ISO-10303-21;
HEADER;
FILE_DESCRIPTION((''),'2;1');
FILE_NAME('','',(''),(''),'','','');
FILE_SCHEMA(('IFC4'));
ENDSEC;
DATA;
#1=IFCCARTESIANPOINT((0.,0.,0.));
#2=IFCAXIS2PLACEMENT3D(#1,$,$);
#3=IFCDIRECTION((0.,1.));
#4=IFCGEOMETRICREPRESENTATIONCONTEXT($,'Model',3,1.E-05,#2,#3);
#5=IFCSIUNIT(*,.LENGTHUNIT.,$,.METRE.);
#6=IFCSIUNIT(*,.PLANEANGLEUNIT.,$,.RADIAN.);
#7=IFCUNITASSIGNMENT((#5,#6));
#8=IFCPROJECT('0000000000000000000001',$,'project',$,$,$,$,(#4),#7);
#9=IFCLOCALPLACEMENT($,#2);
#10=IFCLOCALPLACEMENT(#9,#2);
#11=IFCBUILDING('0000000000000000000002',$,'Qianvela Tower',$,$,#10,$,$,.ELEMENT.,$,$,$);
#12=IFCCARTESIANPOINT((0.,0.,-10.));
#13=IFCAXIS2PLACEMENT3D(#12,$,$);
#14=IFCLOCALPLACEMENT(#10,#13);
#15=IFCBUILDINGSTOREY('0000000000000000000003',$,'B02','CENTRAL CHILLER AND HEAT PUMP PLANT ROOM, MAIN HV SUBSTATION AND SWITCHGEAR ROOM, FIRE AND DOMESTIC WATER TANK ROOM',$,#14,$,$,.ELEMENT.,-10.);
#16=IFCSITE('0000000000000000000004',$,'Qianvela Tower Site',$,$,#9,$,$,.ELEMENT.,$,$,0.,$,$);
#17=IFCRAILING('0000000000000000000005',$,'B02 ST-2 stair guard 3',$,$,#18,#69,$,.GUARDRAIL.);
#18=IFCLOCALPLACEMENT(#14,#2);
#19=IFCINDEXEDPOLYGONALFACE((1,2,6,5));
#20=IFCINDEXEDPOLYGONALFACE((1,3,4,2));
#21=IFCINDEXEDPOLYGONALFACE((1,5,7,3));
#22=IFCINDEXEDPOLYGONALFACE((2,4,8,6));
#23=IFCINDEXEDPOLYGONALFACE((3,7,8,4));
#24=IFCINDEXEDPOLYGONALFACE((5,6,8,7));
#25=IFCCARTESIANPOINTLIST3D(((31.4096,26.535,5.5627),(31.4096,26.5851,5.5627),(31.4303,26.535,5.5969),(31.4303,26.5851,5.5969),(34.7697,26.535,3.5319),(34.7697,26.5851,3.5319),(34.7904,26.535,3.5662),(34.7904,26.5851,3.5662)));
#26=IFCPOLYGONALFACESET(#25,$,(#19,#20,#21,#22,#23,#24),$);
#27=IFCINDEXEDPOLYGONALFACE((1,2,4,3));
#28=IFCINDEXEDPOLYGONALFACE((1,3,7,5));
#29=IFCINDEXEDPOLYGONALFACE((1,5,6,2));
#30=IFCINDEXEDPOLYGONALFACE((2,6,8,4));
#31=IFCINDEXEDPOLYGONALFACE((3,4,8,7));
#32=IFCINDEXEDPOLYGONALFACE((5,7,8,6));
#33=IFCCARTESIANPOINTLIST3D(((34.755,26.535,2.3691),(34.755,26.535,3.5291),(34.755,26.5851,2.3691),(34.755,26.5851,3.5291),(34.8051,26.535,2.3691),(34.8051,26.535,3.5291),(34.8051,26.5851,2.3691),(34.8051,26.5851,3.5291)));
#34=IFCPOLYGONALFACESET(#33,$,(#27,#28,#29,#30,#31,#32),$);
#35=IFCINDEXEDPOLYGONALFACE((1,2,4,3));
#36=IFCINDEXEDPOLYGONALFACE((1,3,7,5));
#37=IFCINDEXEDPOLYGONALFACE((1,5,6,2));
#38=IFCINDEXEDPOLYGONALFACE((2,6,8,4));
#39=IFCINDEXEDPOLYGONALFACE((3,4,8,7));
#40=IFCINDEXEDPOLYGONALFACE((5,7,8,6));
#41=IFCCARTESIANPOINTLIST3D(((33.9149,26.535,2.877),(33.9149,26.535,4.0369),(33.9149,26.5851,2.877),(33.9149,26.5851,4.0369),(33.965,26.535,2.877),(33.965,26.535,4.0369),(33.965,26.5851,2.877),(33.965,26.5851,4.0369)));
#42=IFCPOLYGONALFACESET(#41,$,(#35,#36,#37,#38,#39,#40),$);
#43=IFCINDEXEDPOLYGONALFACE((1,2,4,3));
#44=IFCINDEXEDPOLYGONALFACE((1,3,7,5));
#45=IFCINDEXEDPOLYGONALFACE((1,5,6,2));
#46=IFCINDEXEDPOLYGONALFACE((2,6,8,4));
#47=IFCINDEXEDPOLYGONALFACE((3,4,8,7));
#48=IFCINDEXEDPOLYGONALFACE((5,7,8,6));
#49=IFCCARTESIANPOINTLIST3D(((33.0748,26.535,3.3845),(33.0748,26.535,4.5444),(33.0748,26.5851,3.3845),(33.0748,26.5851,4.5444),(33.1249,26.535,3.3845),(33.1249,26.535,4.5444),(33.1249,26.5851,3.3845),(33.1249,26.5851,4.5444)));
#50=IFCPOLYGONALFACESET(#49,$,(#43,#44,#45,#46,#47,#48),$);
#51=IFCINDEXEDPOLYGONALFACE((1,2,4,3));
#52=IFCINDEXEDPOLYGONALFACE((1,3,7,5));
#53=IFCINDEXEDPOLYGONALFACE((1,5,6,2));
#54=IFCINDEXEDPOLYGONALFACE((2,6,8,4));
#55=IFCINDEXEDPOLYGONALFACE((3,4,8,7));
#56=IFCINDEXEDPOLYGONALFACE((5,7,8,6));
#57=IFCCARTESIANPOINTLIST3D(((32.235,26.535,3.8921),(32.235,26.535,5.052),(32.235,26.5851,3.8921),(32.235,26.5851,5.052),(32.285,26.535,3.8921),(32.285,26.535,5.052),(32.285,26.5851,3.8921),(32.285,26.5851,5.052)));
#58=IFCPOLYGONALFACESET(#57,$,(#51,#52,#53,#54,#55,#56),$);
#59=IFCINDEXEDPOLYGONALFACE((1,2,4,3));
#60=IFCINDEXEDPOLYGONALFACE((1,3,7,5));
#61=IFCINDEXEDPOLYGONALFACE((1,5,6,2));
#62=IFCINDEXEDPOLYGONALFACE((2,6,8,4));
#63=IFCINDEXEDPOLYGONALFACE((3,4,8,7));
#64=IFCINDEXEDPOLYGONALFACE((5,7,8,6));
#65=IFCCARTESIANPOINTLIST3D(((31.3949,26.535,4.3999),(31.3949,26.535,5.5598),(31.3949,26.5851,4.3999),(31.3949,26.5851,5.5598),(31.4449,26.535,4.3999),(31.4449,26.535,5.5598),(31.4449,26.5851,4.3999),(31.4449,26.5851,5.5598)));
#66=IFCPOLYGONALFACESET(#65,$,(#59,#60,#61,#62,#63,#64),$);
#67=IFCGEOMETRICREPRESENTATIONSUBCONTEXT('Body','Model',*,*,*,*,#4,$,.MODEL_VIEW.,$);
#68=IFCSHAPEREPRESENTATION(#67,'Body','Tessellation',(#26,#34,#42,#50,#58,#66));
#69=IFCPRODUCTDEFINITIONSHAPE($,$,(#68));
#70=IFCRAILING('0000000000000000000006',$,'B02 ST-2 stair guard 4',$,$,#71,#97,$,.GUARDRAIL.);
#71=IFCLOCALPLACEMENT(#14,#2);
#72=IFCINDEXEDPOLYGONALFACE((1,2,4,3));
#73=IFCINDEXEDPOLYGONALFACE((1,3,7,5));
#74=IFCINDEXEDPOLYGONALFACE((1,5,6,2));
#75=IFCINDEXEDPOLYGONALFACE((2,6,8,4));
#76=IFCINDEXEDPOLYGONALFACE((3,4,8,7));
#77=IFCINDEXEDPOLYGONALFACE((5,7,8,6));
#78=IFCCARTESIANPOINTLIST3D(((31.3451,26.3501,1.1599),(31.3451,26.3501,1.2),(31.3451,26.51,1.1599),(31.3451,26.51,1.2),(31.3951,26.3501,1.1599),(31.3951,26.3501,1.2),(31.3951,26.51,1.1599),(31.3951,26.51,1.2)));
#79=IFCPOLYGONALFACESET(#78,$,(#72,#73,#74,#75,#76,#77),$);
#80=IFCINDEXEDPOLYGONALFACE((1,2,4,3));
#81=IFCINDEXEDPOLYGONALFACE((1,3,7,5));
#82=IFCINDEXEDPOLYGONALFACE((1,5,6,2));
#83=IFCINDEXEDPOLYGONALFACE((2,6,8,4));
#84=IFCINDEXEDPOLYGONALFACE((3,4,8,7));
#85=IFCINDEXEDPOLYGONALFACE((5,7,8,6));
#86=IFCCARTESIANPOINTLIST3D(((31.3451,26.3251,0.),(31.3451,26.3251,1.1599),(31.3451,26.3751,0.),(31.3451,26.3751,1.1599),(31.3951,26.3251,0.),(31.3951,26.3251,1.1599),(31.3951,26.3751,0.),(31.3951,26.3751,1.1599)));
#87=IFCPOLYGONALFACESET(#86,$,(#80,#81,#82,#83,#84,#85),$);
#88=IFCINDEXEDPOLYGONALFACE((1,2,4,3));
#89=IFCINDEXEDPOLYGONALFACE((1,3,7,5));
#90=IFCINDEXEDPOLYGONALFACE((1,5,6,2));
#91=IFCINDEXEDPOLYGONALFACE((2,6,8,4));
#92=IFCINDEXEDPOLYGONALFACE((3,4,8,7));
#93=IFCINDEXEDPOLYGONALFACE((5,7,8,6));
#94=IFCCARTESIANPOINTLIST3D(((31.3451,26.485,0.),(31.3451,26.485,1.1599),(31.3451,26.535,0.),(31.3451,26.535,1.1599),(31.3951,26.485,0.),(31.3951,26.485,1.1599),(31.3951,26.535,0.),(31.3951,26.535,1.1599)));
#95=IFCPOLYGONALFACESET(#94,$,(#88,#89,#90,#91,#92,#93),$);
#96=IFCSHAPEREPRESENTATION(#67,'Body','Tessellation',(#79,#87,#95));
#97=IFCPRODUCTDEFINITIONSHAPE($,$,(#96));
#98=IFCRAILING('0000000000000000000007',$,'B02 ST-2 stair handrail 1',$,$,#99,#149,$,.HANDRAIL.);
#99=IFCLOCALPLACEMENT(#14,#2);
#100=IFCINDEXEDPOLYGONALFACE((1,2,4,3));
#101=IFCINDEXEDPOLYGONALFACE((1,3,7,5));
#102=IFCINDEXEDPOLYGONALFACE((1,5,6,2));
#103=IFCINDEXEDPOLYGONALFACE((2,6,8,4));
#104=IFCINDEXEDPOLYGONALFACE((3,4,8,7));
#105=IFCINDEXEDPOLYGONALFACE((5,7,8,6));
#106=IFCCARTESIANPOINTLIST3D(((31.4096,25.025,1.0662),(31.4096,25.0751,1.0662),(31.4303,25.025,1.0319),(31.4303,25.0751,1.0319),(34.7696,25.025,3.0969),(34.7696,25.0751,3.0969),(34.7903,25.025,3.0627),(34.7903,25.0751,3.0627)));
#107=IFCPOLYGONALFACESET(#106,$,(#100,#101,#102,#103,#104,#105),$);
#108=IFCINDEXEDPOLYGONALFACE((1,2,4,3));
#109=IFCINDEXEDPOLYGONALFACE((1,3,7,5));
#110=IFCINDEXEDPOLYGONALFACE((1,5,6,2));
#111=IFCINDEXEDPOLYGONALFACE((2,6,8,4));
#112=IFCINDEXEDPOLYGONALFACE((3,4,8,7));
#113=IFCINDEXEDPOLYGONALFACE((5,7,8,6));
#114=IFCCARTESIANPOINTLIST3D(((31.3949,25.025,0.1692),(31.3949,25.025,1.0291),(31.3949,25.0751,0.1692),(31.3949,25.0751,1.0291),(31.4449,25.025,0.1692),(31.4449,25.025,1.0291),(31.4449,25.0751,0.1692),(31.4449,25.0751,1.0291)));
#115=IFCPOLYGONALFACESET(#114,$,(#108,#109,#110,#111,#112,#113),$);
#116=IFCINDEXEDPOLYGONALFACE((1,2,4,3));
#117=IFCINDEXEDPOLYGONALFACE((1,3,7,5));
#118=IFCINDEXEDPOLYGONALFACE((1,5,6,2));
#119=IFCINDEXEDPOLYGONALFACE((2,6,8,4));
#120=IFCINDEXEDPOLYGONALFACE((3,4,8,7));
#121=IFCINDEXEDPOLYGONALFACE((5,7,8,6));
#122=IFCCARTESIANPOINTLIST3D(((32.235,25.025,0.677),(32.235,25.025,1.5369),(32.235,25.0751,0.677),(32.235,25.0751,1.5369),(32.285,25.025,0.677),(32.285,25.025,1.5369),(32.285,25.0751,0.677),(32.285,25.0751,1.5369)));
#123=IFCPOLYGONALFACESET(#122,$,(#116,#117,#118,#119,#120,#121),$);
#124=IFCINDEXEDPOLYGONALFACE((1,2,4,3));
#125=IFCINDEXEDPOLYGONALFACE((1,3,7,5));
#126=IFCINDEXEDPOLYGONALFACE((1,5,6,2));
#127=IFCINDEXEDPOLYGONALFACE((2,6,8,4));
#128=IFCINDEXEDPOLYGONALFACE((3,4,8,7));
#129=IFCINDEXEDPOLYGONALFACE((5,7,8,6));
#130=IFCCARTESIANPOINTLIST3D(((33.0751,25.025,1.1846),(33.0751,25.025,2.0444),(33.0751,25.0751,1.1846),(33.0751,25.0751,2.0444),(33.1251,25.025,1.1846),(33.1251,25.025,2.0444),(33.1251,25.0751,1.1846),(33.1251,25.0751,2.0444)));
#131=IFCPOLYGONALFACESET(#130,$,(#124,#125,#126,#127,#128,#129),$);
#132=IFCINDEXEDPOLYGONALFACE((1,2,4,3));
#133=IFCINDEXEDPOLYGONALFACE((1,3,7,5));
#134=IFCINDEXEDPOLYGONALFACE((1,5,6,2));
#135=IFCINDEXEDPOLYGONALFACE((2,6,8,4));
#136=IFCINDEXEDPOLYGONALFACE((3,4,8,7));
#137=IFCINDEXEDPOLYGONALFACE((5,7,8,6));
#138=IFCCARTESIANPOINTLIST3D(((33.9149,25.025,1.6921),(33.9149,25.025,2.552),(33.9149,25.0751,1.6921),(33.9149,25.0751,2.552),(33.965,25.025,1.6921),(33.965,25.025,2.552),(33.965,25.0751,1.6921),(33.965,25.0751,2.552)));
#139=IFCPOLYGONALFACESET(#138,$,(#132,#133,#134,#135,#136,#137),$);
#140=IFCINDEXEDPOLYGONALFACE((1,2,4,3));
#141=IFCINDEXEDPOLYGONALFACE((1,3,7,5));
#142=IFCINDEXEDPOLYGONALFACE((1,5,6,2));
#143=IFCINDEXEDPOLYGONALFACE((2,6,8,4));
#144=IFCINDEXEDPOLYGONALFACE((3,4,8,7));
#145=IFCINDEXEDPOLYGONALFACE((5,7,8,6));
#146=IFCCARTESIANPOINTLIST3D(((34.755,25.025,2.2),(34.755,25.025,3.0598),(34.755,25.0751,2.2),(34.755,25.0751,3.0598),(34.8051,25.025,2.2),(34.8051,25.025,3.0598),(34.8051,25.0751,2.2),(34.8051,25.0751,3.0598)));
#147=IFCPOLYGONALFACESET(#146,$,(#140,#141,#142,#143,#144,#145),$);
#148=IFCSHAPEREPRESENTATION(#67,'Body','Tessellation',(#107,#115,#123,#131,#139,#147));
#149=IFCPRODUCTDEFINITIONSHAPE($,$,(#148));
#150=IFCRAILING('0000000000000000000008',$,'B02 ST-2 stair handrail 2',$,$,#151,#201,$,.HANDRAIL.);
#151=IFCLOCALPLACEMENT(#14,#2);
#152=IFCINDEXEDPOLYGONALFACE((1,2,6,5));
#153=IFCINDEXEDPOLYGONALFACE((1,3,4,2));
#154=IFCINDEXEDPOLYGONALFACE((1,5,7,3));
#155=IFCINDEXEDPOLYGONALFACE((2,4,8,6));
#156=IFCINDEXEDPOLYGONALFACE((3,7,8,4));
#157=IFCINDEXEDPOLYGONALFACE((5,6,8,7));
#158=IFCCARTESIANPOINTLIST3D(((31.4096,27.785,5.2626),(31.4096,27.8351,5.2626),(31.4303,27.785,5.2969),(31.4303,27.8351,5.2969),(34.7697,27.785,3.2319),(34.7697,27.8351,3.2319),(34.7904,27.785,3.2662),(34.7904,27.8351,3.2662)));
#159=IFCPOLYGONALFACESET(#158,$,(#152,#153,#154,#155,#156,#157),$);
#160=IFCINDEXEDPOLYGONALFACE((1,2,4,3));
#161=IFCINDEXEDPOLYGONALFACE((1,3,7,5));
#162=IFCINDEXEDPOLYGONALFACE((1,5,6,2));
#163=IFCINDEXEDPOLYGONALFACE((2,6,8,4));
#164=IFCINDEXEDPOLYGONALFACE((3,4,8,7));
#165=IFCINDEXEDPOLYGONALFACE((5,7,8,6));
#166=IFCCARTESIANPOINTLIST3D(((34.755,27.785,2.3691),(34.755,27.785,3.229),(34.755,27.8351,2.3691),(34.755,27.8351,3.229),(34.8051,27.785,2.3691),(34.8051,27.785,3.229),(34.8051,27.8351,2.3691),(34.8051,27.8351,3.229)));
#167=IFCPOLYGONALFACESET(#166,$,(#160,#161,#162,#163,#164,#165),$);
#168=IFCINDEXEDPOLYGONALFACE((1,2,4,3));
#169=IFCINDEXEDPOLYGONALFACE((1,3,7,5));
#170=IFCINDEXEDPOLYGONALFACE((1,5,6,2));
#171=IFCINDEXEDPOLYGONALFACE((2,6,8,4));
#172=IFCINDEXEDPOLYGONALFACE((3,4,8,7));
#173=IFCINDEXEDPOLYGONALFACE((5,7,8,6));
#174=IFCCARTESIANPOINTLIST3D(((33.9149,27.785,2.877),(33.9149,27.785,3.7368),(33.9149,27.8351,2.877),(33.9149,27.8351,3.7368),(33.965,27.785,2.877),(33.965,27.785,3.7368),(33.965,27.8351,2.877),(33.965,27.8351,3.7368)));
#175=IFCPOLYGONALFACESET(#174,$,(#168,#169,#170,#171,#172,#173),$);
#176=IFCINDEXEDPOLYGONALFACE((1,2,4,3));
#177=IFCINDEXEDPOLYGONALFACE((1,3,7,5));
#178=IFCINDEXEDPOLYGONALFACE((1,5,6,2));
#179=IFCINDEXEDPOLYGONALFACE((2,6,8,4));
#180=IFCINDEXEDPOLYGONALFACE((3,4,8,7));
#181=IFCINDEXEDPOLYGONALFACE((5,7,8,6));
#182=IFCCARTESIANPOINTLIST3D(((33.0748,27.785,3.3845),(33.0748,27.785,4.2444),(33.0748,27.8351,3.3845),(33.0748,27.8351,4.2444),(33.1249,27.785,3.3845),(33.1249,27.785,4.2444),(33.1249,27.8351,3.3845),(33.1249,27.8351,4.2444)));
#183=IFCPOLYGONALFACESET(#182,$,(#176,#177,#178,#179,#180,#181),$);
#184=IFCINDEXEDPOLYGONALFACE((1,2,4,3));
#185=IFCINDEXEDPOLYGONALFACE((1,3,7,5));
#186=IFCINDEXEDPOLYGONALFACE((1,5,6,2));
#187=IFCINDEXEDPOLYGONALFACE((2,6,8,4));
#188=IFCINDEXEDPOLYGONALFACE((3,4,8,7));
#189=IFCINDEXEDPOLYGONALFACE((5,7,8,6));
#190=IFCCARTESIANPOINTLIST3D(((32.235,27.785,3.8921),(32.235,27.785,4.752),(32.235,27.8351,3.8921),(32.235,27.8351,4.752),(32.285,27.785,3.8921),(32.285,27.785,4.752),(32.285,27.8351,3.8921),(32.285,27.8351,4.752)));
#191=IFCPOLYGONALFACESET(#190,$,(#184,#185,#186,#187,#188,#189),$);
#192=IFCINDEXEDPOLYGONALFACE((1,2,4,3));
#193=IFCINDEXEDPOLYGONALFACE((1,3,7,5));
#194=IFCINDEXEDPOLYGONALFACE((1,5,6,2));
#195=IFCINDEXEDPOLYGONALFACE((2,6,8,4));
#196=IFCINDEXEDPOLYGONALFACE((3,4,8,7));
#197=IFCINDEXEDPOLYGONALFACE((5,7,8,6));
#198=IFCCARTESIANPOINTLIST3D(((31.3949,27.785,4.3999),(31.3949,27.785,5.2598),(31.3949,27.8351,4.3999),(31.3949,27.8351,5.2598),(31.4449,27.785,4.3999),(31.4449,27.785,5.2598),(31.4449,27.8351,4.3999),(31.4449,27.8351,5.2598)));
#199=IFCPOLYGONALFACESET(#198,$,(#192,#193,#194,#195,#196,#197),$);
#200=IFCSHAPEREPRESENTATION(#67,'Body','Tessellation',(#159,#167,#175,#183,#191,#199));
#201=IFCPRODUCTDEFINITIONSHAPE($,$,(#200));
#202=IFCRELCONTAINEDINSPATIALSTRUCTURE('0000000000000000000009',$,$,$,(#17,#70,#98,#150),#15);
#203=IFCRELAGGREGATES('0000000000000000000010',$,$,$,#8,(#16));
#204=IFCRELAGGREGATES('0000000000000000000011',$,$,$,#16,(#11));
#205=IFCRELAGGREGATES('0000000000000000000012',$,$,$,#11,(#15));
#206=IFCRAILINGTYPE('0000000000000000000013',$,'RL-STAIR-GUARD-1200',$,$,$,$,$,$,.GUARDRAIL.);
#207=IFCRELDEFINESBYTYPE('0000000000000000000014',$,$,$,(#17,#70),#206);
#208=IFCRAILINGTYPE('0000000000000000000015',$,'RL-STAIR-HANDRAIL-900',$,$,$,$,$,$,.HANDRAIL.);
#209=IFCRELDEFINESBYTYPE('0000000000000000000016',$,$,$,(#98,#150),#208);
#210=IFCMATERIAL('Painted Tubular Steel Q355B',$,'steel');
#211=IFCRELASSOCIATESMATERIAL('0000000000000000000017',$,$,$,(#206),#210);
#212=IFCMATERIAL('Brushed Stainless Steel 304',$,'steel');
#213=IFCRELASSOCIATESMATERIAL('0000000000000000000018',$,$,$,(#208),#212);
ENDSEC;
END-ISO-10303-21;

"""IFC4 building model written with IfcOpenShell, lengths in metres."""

from ifc_helpers import new_model, si_unit, direction, frame, origin, origin_2d, place, context, subcontext, project, spatial, rectangle, extrude, material, type_object, element, save


model = new_model("IFC4")

# Units and contexts
model_context = context("Model", 3, precision=1e-05, world=origin(), true_north=direction((0.0, 1.0)))
body_context = subcontext(model_context, "Body", "Model", "MODEL_VIEW")
ifc_project = project(units=[si_unit("LENGTHUNIT", "METRE"), si_unit("PLANEANGLEUNIT", "RADIAN")], contexts=[model_context])

# Site, building, storey
site_placement = place(None, origin())
site = spatial("IfcSite", under=ifc_project, at=site_placement, Name="Qianvela Tower Site", CompositionType="ELEMENT", RefElevation=0.0)
building_placement = place(site_placement, origin())
building = spatial("IfcBuilding", under=site, at=building_placement, Name="Qianvela Tower", CompositionType="ELEMENT")
storey_placement = place(building_placement, frame((0.0, 0.0, -10.0)))
storey = spatial("IfcBuildingStorey", under=building, at=storey_placement, Name="B02", Description="CENTRAL CHILLER AND HEAT PUMP PLANT ROOM, MAIN HV SUBSTATION AND SWITCHGEAR ROOM, FIRE AND DOMESTIC WATER TANK ROOM", CompositionType="ELEMENT", Elevation=-10.0)

# Railings
ifc_material_1 = material(Name="Painted Tubular Steel Q355B", Category="steel")
railing_type_1 = type_object("IfcRailingType", Name="RL-STAIR-GUARD-1200", PredefinedType="GUARDRAIL", material=ifc_material_1)
railing_1_placement = place(storey_placement, frame((34.78, 26.5601, 2.3691)))
element("IfcRailing", 1, at=railing_1_placement, inside=storey, type_object=railing_type_1, Name="B02 ST-2 stair guard 3", PredefinedType="GUARDRAIL", context=body_context, shape_type="SweptSolid", body=[
    extrude(rectangle(XDim=0.05, YDim=0.04, at=origin_2d()), frame((0.0, 0.0, 1.1799), z_axis=(-0.855837, 0.0, 0.517246), x_axis=(0.0, -1.0, 0.0)), (0.0, 0.0, 1.0), 3.926),
    extrude(rectangle(XDim=0.05, YDim=0.05, at=origin_2d()), origin(), (0.0, 0.0, 1.0), 1.1599),
    extrude(rectangle(XDim=0.05, YDim=0.05, at=origin_2d()), frame((-0.8401, 0.0, 0.5078)), (0.0, 0.0, 1.0), 1.1599),
    extrude(rectangle(XDim=0.05, YDim=0.05, at=origin_2d()), frame((-1.6802, 0.0, 1.0154)), (0.0, 0.0, 1.0), 1.1599),
    extrude(rectangle(XDim=0.05, YDim=0.05, at=origin_2d()), frame((-2.52, 0.0, 1.5229)), (0.0, 0.0, 1.0), 1.1599),
    extrude(rectangle(XDim=0.05, YDim=0.05, at=origin_2d()), frame((-3.3601, 0.0, 2.0308)), (0.0, 0.0, 1.0), 1.1599),
])
railing_2_placement = place(storey_placement, frame((31.3701, 26.3501, 0.0)))
element("IfcRailing", 2, at=railing_2_placement, inside=storey, type_object=railing_type_1, Name="B02 ST-2 stair guard 4", PredefinedType="GUARDRAIL", context=body_context, shape_type="SweptSolid", body=[
    extrude(rectangle(XDim=0.05, YDim=0.04, at=origin_2d()), frame((0.0, 0.0, 1.1799), z_axis=(0.0, 1.0, 0.0), x_axis=(-1.0, 0.0, 0.0)), (0.0, 0.0, 1.0), 0.1599),
    extrude(rectangle(XDim=0.05, YDim=0.05, at=origin_2d()), origin(), (0.0, 0.0, 1.0), 1.1599),
    extrude(rectangle(XDim=0.05, YDim=0.05, at=origin_2d()), frame((0.0, 0.1599, 0.0)), (0.0, 0.0, 1.0), 1.1599),
])
ifc_material_2 = material(Name="Brushed Stainless Steel 304", Category="steel")
railing_type_2 = type_object("IfcRailingType", Name="RL-STAIR-HANDRAIL-900", PredefinedType="HANDRAIL", material=ifc_material_2)
railing_3_placement = place(storey_placement, frame((31.4199, 25.05, 0.1692)))
element("IfcRailing", 3, at=railing_3_placement, inside=storey, type_object=railing_type_2, Name="B02 ST-2 stair handrail 1", PredefinedType="HANDRAIL", context=body_context, shape_type="SweptSolid", body=[
    extrude(rectangle(XDim=0.05, YDim=0.04, at=origin_2d()), frame((0.0, 0.0, 0.8799), z_axis=(0.855837, 0.0, 0.517246), x_axis=(0.0, 1.0, 0.0)), (0.0, 0.0, 1.0), 3.926),
    extrude(rectangle(XDim=0.05, YDim=0.05, at=origin_2d()), origin(), (0.0, 0.0, 1.0), 0.8599),
    extrude(rectangle(XDim=0.05, YDim=0.05, at=origin_2d()), frame((0.8401, 0.0, 0.5078)), (0.0, 0.0, 1.0), 0.8599),
    extrude(rectangle(XDim=0.05, YDim=0.05, at=origin_2d()), frame((1.6802, 0.0, 1.0154)), (0.0, 0.0, 1.0), 0.8599),
    extrude(rectangle(XDim=0.05, YDim=0.05, at=origin_2d()), frame((2.52, 0.0, 1.5229)), (0.0, 0.0, 1.0), 0.8599),
    extrude(rectangle(XDim=0.05, YDim=0.05, at=origin_2d()), frame((3.3601, 0.0, 2.0308)), (0.0, 0.0, 1.0), 0.8599),
])
railing_4_placement = place(storey_placement, frame((34.78, 27.8101, 2.3691)))
element("IfcRailing", 4, at=railing_4_placement, inside=storey, type_object=railing_type_2, Name="B02 ST-2 stair handrail 2", PredefinedType="HANDRAIL", context=body_context, shape_type="SweptSolid", body=[
    extrude(rectangle(XDim=0.05, YDim=0.04, at=origin_2d()), frame((0.0, 0.0, 0.8799), z_axis=(-0.855837, 0.0, 0.517246), x_axis=(0.0, -1.0, 0.0)), (0.0, 0.0, 1.0), 3.926),
    extrude(rectangle(XDim=0.05, YDim=0.05, at=origin_2d()), origin(), (0.0, 0.0, 1.0), 0.8599),
    extrude(rectangle(XDim=0.05, YDim=0.05, at=origin_2d()), frame((-0.8401, 0.0, 0.5078)), (0.0, 0.0, 1.0), 0.8599),
    extrude(rectangle(XDim=0.05, YDim=0.05, at=origin_2d()), frame((-1.6802, 0.0, 1.0154)), (0.0, 0.0, 1.0), 0.8599),
    extrude(rectangle(XDim=0.05, YDim=0.05, at=origin_2d()), frame((-2.52, 0.0, 1.5229)), (0.0, 0.0, 1.0), 0.8599),
    extrude(rectangle(XDim=0.05, YDim=0.05, at=origin_2d()), frame((-3.3601, 0.0, 2.0308)), (0.0, 0.0, 1.0), 0.8599),
])

save(model, "model.ifc")
